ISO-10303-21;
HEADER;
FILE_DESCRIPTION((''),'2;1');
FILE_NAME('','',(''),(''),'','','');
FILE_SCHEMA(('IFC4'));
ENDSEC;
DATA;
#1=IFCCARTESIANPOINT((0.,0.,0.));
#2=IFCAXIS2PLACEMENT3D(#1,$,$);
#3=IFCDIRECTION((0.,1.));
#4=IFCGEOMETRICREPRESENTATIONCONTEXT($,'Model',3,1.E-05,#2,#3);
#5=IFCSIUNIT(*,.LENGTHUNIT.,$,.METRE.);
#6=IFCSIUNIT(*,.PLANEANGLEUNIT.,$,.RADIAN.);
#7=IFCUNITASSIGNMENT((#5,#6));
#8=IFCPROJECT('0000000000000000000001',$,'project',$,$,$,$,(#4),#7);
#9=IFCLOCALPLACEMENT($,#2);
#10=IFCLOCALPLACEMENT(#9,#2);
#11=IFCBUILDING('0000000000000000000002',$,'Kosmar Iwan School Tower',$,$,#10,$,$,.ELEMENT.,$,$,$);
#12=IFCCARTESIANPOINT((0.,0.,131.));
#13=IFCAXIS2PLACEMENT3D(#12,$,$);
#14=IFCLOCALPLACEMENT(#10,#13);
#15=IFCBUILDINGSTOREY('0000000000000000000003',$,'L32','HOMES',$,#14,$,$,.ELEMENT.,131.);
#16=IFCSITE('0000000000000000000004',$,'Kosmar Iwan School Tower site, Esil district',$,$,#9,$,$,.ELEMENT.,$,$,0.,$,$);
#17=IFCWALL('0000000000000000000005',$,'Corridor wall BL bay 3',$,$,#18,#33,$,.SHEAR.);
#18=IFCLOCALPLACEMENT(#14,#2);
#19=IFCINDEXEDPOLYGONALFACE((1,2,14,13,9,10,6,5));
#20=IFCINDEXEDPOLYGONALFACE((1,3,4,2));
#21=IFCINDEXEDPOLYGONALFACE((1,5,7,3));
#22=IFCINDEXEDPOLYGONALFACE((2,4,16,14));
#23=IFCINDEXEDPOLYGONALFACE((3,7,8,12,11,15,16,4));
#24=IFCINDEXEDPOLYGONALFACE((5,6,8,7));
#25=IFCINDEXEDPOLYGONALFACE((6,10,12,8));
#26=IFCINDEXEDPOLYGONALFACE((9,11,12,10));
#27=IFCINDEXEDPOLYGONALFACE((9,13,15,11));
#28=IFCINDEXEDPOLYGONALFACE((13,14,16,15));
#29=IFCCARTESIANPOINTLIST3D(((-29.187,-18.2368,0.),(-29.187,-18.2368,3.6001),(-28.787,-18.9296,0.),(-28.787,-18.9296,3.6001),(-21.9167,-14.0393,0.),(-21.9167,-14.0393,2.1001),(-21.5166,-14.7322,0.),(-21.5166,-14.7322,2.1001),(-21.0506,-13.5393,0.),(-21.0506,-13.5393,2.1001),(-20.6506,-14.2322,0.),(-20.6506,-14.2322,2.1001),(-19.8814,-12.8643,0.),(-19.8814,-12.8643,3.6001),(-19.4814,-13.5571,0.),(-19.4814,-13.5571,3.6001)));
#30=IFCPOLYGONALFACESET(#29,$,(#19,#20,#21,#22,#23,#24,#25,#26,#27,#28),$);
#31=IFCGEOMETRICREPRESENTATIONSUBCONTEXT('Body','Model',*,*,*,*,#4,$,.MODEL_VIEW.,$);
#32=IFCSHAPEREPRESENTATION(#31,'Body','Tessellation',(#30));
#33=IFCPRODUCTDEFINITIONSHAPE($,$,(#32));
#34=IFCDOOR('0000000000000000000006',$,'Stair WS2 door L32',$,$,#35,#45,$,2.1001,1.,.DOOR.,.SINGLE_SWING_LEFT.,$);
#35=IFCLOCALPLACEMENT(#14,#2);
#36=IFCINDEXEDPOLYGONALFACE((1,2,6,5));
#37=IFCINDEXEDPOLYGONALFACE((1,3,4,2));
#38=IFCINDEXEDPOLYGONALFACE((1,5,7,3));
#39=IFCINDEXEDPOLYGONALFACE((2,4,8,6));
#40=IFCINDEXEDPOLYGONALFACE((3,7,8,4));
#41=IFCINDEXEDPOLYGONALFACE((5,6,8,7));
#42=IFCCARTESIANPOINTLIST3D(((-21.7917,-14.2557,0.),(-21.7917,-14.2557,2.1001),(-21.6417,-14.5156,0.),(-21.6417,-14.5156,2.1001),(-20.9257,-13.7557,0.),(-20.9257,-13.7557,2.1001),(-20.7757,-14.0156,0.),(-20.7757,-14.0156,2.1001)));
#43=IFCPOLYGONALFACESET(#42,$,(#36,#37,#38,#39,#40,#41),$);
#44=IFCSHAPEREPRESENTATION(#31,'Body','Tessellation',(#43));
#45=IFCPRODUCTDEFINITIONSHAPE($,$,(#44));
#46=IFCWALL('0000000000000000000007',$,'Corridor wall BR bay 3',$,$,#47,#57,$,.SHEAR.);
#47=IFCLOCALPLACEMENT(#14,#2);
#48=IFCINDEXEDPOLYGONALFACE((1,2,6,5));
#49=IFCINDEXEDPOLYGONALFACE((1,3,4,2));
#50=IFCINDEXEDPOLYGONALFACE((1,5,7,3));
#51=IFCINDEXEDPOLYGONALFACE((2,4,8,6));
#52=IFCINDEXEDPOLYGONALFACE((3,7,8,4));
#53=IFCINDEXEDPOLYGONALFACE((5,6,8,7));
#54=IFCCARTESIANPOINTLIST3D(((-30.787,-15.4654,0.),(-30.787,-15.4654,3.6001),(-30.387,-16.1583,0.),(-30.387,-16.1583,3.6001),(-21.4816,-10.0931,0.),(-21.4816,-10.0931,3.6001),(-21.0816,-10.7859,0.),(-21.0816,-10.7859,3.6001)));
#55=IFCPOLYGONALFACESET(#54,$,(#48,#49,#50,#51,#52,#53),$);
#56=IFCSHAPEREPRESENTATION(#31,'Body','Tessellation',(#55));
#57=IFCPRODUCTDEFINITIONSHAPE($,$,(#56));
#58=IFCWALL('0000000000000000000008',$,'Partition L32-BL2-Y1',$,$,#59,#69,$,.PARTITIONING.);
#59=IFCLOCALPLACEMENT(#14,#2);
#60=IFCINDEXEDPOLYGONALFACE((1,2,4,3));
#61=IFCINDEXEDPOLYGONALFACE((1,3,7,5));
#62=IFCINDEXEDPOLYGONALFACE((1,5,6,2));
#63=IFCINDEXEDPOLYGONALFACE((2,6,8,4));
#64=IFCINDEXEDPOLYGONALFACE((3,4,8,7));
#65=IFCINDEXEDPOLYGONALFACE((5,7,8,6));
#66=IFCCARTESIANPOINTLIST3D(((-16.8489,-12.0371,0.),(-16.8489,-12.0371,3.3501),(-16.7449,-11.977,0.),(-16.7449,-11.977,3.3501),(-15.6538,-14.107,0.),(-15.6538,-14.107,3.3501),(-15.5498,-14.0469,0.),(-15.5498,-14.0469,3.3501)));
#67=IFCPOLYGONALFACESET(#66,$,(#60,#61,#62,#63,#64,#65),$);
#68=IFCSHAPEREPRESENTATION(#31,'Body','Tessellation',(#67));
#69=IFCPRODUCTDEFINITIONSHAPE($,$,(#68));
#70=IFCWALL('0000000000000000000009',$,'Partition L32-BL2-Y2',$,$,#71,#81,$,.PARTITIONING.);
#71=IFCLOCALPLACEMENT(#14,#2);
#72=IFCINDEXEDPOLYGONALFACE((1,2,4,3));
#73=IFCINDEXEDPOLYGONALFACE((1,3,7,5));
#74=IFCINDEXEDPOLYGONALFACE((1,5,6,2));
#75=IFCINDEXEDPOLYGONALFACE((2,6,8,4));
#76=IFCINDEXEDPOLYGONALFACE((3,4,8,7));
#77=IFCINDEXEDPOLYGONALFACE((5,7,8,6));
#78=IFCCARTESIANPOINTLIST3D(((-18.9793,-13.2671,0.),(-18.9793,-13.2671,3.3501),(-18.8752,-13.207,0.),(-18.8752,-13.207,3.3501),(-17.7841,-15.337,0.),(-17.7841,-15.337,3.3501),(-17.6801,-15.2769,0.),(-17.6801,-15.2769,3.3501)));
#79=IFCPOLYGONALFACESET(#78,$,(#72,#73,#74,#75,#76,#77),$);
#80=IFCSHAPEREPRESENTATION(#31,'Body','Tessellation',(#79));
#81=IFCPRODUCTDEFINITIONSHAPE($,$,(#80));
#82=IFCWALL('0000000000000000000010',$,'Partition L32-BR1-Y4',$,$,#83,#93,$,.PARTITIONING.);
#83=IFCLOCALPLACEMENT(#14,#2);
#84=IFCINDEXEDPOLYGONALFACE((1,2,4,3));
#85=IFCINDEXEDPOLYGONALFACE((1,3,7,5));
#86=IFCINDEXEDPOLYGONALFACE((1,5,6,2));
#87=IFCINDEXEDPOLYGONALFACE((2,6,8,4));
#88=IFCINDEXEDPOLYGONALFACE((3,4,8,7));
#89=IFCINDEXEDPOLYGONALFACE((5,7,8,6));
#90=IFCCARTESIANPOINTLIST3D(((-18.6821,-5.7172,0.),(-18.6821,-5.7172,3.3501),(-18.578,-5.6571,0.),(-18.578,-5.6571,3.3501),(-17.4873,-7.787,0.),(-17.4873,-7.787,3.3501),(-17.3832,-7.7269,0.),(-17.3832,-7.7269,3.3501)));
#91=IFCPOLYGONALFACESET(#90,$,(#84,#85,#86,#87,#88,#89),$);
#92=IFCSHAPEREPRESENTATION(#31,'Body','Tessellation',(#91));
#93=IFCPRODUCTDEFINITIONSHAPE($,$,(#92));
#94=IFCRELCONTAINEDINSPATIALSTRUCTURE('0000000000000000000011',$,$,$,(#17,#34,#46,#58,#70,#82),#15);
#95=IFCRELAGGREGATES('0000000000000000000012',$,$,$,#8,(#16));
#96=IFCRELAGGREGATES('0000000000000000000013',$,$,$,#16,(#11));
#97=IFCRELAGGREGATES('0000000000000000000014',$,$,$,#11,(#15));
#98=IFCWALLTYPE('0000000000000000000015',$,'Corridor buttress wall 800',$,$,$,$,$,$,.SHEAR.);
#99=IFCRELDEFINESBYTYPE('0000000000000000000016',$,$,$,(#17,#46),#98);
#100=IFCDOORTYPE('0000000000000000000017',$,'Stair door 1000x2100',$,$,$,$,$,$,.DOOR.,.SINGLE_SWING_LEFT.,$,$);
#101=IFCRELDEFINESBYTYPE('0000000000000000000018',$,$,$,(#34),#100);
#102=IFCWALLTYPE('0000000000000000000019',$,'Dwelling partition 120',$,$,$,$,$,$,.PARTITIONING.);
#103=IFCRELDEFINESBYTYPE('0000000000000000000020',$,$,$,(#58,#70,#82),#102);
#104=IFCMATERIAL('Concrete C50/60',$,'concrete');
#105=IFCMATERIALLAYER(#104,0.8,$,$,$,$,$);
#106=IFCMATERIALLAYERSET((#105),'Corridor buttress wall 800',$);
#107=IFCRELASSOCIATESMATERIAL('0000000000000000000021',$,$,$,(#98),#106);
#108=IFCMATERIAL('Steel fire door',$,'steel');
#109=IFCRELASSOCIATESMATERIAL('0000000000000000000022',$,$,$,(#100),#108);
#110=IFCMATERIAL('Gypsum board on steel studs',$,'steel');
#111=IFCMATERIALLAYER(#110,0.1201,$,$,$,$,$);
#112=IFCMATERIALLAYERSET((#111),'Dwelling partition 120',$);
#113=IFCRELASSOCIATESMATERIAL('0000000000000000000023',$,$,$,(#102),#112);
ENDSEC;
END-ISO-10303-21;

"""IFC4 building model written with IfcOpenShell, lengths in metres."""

from ifc_helpers import new_model, si_unit, direction, frame, frame_2d, origin, place, context, subcontext, project, spatial, rectangle, extrude, material, layer, layer_set, type_object, element, fill, save


model = new_model("IFC4")

# Units and contexts
model_context = context("Model", 3, precision=1e-05, world=origin(), true_north=direction((0.0, 1.0)))
body_context = subcontext(model_context, "Body", "Model", "MODEL_VIEW")
ifc_project = project(units=[si_unit("LENGTHUNIT", "METRE"), si_unit("PLANEANGLEUNIT", "RADIAN")], contexts=[model_context])

# Site, building, storey
site_placement = place(None, origin())
site = spatial("IfcSite", under=ifc_project, at=site_placement, Name="Kosmar Iwan School Tower site, Esil district", CompositionType="ELEMENT", RefElevation=0.0)
building_placement = place(site_placement, origin())
building = spatial("IfcBuilding", under=site, at=building_placement, Name="Kosmar Iwan School Tower", CompositionType="ELEMENT")
storey_placement = place(building_placement, frame((0.0, 0.0, 131.0)))
storey = spatial("IfcBuildingStorey", under=building, at=storey_placement, Name="L32", Description="HOMES", CompositionType="ELEMENT", Elevation=131.0)

# Wall, opening, door
ifc_material_1 = material(Name="Concrete C50/60", Category="concrete")
ifc_layer_1 = layer(ifc_material_1, 0.8)
ifc_layer_set_1 = layer_set([ifc_layer_1], Name="Corridor buttress wall 800")
wall_type_1 = type_object("IfcWallType", Name="Corridor buttress wall 800", PredefinedType="SHEAR", material=ifc_layer_set_1)
wall_1_placement = place(storey_placement, frame((-19.6814, -13.2107, 0.0), z_axis=(0.0, 0.0, 1.0), x_axis=(-0.866028, -0.499995, 0.0)))
wall_1 = element("IfcWall", 1, at=wall_1_placement, inside=storey, type_object=wall_type_1, Name="Corridor wall BL bay 3", PredefinedType="SHEAR", context=body_context, shape_type="SweptSolid", body=[
    extrude(rectangle(XDim=10.7451, YDim=0.8, at=frame_2d((5.3726, 0.0))), origin(), (0.0, 0.0, 1.0), 3.6001),
])
opening_1_placement = place(wall_1_placement, frame((1.3501, 0.0, 0.0)))
opening_1 = element("IfcOpeningElement", 2, at=opening_1_placement, cuts=wall_1, PredefinedType="OPENING", context=body_context, shape_type="SweptSolid", body=[
    extrude(rectangle(XDim=1.0, YDim=2.1001, at=frame_2d((0.5, 1.05))), frame((0.0, 0.4121, 0.0), z_axis=(0.0, -1.0, 0.0), x_axis=(1.0, 0.0, 0.0)), (0.0, 0.0, 1.0), 0.824),
])
ifc_material_2 = material(Name="Steel fire door", Category="steel")
door_type_1 = type_object("IfcDoorType", Name="Stair door 1000x2100", OperationType="SINGLE_SWING_LEFT", PredefinedType="DOOR", material=ifc_material_2)
door_1_placement = place(opening_1_placement, origin())
door_1 = element("IfcDoor", 3, at=door_1_placement, inside=storey, type_object=door_type_1, Name="Stair WS2 door L32", OperationType="SINGLE_SWING_LEFT", OverallHeight=2.1001, OverallWidth=1.0, PredefinedType="DOOR", context=body_context, shape_type="SweptSolid", body=[
    extrude(rectangle(XDim=1.0, YDim=2.1001, at=frame_2d((0.5, 1.05))), frame((0.0, 0.1499, 0.0), z_axis=(0.0, -1.0, 0.0), x_axis=(1.0, 0.0, 0.0)), (0.0, 0.0, 1.0), 0.3),
])
fill(opening_1, door_1)

# Walls
wall_2_placement = place(storey_placement, frame((-21.2815, -10.4395, 0.0), z_axis=(0.0, 0.0, 1.0), x_axis=(-0.866032, -0.499988, 0.0)))
element("IfcWall", 4, at=wall_2_placement, inside=storey, type_object=wall_type_1, Name="Corridor wall BR bay 3", PredefinedType="SHEAR", context=body_context, shape_type="SweptSolid", body=[
    extrude(rectangle(XDim=10.7449, YDim=0.8, at=frame_2d((5.3726, 0.0))), origin(), (0.0, 0.0, 1.0), 3.6001),
])
ifc_material_3 = material(Name="Gypsum board on steel studs", Category="steel")
ifc_layer_2 = layer(ifc_material_3, 0.1201)
ifc_layer_set_2 = layer_set([ifc_layer_2], Name="Dwelling partition 120")
wall_type_2 = type_object("IfcWallType", Name="Dwelling partition 120", PredefinedType="PARTITIONING", material=ifc_layer_set_2)
for number, where, z_axis, x_axis, name in (
    (5, (-16.7969, -12.0071, 0.0), (0.0, 0.0, 1.0), (0.500017, -0.866015, 0.0), "Partition L32-BL2-Y1"),
    (6, (-18.9272, -13.2371, 0.0), (0.0, 0.0, 1.0), (0.500017, -0.866015, 0.0), "Partition L32-BL2-Y2"),
):
    element("IfcWall", number, at=place(storey_placement, frame(where, z_axis=z_axis, x_axis=x_axis)), inside=storey, type_object=wall_type_2, Name=name, PredefinedType="PARTITIONING", context=body_context, shape_type="SweptSolid", body=[
        extrude(rectangle(XDim=2.3901, YDim=0.1201, at=frame_2d((1.1951, 0.0))), origin(), (0.0, 0.0, 1.0), 3.3501),
    ])
wall_3_placement = place(storey_placement, frame((-17.4353, -7.7568, 0.0), z_axis=(0.0, 0.0, 1.0), x_axis=(-0.499941, 0.86606, 0.0)))
element("IfcWall", 7, at=wall_3_placement, inside=storey, type_object=wall_type_2, Name="Partition L32-BR1-Y4", PredefinedType="PARTITIONING", context=body_context, shape_type="SweptSolid", body=[
    extrude(rectangle(XDim=2.3899, YDim=0.1201, at=frame_2d((1.1948, 0.0))), origin(), (0.0, 0.0, 1.0), 3.3501),
])

save(model, "model.ifc")
